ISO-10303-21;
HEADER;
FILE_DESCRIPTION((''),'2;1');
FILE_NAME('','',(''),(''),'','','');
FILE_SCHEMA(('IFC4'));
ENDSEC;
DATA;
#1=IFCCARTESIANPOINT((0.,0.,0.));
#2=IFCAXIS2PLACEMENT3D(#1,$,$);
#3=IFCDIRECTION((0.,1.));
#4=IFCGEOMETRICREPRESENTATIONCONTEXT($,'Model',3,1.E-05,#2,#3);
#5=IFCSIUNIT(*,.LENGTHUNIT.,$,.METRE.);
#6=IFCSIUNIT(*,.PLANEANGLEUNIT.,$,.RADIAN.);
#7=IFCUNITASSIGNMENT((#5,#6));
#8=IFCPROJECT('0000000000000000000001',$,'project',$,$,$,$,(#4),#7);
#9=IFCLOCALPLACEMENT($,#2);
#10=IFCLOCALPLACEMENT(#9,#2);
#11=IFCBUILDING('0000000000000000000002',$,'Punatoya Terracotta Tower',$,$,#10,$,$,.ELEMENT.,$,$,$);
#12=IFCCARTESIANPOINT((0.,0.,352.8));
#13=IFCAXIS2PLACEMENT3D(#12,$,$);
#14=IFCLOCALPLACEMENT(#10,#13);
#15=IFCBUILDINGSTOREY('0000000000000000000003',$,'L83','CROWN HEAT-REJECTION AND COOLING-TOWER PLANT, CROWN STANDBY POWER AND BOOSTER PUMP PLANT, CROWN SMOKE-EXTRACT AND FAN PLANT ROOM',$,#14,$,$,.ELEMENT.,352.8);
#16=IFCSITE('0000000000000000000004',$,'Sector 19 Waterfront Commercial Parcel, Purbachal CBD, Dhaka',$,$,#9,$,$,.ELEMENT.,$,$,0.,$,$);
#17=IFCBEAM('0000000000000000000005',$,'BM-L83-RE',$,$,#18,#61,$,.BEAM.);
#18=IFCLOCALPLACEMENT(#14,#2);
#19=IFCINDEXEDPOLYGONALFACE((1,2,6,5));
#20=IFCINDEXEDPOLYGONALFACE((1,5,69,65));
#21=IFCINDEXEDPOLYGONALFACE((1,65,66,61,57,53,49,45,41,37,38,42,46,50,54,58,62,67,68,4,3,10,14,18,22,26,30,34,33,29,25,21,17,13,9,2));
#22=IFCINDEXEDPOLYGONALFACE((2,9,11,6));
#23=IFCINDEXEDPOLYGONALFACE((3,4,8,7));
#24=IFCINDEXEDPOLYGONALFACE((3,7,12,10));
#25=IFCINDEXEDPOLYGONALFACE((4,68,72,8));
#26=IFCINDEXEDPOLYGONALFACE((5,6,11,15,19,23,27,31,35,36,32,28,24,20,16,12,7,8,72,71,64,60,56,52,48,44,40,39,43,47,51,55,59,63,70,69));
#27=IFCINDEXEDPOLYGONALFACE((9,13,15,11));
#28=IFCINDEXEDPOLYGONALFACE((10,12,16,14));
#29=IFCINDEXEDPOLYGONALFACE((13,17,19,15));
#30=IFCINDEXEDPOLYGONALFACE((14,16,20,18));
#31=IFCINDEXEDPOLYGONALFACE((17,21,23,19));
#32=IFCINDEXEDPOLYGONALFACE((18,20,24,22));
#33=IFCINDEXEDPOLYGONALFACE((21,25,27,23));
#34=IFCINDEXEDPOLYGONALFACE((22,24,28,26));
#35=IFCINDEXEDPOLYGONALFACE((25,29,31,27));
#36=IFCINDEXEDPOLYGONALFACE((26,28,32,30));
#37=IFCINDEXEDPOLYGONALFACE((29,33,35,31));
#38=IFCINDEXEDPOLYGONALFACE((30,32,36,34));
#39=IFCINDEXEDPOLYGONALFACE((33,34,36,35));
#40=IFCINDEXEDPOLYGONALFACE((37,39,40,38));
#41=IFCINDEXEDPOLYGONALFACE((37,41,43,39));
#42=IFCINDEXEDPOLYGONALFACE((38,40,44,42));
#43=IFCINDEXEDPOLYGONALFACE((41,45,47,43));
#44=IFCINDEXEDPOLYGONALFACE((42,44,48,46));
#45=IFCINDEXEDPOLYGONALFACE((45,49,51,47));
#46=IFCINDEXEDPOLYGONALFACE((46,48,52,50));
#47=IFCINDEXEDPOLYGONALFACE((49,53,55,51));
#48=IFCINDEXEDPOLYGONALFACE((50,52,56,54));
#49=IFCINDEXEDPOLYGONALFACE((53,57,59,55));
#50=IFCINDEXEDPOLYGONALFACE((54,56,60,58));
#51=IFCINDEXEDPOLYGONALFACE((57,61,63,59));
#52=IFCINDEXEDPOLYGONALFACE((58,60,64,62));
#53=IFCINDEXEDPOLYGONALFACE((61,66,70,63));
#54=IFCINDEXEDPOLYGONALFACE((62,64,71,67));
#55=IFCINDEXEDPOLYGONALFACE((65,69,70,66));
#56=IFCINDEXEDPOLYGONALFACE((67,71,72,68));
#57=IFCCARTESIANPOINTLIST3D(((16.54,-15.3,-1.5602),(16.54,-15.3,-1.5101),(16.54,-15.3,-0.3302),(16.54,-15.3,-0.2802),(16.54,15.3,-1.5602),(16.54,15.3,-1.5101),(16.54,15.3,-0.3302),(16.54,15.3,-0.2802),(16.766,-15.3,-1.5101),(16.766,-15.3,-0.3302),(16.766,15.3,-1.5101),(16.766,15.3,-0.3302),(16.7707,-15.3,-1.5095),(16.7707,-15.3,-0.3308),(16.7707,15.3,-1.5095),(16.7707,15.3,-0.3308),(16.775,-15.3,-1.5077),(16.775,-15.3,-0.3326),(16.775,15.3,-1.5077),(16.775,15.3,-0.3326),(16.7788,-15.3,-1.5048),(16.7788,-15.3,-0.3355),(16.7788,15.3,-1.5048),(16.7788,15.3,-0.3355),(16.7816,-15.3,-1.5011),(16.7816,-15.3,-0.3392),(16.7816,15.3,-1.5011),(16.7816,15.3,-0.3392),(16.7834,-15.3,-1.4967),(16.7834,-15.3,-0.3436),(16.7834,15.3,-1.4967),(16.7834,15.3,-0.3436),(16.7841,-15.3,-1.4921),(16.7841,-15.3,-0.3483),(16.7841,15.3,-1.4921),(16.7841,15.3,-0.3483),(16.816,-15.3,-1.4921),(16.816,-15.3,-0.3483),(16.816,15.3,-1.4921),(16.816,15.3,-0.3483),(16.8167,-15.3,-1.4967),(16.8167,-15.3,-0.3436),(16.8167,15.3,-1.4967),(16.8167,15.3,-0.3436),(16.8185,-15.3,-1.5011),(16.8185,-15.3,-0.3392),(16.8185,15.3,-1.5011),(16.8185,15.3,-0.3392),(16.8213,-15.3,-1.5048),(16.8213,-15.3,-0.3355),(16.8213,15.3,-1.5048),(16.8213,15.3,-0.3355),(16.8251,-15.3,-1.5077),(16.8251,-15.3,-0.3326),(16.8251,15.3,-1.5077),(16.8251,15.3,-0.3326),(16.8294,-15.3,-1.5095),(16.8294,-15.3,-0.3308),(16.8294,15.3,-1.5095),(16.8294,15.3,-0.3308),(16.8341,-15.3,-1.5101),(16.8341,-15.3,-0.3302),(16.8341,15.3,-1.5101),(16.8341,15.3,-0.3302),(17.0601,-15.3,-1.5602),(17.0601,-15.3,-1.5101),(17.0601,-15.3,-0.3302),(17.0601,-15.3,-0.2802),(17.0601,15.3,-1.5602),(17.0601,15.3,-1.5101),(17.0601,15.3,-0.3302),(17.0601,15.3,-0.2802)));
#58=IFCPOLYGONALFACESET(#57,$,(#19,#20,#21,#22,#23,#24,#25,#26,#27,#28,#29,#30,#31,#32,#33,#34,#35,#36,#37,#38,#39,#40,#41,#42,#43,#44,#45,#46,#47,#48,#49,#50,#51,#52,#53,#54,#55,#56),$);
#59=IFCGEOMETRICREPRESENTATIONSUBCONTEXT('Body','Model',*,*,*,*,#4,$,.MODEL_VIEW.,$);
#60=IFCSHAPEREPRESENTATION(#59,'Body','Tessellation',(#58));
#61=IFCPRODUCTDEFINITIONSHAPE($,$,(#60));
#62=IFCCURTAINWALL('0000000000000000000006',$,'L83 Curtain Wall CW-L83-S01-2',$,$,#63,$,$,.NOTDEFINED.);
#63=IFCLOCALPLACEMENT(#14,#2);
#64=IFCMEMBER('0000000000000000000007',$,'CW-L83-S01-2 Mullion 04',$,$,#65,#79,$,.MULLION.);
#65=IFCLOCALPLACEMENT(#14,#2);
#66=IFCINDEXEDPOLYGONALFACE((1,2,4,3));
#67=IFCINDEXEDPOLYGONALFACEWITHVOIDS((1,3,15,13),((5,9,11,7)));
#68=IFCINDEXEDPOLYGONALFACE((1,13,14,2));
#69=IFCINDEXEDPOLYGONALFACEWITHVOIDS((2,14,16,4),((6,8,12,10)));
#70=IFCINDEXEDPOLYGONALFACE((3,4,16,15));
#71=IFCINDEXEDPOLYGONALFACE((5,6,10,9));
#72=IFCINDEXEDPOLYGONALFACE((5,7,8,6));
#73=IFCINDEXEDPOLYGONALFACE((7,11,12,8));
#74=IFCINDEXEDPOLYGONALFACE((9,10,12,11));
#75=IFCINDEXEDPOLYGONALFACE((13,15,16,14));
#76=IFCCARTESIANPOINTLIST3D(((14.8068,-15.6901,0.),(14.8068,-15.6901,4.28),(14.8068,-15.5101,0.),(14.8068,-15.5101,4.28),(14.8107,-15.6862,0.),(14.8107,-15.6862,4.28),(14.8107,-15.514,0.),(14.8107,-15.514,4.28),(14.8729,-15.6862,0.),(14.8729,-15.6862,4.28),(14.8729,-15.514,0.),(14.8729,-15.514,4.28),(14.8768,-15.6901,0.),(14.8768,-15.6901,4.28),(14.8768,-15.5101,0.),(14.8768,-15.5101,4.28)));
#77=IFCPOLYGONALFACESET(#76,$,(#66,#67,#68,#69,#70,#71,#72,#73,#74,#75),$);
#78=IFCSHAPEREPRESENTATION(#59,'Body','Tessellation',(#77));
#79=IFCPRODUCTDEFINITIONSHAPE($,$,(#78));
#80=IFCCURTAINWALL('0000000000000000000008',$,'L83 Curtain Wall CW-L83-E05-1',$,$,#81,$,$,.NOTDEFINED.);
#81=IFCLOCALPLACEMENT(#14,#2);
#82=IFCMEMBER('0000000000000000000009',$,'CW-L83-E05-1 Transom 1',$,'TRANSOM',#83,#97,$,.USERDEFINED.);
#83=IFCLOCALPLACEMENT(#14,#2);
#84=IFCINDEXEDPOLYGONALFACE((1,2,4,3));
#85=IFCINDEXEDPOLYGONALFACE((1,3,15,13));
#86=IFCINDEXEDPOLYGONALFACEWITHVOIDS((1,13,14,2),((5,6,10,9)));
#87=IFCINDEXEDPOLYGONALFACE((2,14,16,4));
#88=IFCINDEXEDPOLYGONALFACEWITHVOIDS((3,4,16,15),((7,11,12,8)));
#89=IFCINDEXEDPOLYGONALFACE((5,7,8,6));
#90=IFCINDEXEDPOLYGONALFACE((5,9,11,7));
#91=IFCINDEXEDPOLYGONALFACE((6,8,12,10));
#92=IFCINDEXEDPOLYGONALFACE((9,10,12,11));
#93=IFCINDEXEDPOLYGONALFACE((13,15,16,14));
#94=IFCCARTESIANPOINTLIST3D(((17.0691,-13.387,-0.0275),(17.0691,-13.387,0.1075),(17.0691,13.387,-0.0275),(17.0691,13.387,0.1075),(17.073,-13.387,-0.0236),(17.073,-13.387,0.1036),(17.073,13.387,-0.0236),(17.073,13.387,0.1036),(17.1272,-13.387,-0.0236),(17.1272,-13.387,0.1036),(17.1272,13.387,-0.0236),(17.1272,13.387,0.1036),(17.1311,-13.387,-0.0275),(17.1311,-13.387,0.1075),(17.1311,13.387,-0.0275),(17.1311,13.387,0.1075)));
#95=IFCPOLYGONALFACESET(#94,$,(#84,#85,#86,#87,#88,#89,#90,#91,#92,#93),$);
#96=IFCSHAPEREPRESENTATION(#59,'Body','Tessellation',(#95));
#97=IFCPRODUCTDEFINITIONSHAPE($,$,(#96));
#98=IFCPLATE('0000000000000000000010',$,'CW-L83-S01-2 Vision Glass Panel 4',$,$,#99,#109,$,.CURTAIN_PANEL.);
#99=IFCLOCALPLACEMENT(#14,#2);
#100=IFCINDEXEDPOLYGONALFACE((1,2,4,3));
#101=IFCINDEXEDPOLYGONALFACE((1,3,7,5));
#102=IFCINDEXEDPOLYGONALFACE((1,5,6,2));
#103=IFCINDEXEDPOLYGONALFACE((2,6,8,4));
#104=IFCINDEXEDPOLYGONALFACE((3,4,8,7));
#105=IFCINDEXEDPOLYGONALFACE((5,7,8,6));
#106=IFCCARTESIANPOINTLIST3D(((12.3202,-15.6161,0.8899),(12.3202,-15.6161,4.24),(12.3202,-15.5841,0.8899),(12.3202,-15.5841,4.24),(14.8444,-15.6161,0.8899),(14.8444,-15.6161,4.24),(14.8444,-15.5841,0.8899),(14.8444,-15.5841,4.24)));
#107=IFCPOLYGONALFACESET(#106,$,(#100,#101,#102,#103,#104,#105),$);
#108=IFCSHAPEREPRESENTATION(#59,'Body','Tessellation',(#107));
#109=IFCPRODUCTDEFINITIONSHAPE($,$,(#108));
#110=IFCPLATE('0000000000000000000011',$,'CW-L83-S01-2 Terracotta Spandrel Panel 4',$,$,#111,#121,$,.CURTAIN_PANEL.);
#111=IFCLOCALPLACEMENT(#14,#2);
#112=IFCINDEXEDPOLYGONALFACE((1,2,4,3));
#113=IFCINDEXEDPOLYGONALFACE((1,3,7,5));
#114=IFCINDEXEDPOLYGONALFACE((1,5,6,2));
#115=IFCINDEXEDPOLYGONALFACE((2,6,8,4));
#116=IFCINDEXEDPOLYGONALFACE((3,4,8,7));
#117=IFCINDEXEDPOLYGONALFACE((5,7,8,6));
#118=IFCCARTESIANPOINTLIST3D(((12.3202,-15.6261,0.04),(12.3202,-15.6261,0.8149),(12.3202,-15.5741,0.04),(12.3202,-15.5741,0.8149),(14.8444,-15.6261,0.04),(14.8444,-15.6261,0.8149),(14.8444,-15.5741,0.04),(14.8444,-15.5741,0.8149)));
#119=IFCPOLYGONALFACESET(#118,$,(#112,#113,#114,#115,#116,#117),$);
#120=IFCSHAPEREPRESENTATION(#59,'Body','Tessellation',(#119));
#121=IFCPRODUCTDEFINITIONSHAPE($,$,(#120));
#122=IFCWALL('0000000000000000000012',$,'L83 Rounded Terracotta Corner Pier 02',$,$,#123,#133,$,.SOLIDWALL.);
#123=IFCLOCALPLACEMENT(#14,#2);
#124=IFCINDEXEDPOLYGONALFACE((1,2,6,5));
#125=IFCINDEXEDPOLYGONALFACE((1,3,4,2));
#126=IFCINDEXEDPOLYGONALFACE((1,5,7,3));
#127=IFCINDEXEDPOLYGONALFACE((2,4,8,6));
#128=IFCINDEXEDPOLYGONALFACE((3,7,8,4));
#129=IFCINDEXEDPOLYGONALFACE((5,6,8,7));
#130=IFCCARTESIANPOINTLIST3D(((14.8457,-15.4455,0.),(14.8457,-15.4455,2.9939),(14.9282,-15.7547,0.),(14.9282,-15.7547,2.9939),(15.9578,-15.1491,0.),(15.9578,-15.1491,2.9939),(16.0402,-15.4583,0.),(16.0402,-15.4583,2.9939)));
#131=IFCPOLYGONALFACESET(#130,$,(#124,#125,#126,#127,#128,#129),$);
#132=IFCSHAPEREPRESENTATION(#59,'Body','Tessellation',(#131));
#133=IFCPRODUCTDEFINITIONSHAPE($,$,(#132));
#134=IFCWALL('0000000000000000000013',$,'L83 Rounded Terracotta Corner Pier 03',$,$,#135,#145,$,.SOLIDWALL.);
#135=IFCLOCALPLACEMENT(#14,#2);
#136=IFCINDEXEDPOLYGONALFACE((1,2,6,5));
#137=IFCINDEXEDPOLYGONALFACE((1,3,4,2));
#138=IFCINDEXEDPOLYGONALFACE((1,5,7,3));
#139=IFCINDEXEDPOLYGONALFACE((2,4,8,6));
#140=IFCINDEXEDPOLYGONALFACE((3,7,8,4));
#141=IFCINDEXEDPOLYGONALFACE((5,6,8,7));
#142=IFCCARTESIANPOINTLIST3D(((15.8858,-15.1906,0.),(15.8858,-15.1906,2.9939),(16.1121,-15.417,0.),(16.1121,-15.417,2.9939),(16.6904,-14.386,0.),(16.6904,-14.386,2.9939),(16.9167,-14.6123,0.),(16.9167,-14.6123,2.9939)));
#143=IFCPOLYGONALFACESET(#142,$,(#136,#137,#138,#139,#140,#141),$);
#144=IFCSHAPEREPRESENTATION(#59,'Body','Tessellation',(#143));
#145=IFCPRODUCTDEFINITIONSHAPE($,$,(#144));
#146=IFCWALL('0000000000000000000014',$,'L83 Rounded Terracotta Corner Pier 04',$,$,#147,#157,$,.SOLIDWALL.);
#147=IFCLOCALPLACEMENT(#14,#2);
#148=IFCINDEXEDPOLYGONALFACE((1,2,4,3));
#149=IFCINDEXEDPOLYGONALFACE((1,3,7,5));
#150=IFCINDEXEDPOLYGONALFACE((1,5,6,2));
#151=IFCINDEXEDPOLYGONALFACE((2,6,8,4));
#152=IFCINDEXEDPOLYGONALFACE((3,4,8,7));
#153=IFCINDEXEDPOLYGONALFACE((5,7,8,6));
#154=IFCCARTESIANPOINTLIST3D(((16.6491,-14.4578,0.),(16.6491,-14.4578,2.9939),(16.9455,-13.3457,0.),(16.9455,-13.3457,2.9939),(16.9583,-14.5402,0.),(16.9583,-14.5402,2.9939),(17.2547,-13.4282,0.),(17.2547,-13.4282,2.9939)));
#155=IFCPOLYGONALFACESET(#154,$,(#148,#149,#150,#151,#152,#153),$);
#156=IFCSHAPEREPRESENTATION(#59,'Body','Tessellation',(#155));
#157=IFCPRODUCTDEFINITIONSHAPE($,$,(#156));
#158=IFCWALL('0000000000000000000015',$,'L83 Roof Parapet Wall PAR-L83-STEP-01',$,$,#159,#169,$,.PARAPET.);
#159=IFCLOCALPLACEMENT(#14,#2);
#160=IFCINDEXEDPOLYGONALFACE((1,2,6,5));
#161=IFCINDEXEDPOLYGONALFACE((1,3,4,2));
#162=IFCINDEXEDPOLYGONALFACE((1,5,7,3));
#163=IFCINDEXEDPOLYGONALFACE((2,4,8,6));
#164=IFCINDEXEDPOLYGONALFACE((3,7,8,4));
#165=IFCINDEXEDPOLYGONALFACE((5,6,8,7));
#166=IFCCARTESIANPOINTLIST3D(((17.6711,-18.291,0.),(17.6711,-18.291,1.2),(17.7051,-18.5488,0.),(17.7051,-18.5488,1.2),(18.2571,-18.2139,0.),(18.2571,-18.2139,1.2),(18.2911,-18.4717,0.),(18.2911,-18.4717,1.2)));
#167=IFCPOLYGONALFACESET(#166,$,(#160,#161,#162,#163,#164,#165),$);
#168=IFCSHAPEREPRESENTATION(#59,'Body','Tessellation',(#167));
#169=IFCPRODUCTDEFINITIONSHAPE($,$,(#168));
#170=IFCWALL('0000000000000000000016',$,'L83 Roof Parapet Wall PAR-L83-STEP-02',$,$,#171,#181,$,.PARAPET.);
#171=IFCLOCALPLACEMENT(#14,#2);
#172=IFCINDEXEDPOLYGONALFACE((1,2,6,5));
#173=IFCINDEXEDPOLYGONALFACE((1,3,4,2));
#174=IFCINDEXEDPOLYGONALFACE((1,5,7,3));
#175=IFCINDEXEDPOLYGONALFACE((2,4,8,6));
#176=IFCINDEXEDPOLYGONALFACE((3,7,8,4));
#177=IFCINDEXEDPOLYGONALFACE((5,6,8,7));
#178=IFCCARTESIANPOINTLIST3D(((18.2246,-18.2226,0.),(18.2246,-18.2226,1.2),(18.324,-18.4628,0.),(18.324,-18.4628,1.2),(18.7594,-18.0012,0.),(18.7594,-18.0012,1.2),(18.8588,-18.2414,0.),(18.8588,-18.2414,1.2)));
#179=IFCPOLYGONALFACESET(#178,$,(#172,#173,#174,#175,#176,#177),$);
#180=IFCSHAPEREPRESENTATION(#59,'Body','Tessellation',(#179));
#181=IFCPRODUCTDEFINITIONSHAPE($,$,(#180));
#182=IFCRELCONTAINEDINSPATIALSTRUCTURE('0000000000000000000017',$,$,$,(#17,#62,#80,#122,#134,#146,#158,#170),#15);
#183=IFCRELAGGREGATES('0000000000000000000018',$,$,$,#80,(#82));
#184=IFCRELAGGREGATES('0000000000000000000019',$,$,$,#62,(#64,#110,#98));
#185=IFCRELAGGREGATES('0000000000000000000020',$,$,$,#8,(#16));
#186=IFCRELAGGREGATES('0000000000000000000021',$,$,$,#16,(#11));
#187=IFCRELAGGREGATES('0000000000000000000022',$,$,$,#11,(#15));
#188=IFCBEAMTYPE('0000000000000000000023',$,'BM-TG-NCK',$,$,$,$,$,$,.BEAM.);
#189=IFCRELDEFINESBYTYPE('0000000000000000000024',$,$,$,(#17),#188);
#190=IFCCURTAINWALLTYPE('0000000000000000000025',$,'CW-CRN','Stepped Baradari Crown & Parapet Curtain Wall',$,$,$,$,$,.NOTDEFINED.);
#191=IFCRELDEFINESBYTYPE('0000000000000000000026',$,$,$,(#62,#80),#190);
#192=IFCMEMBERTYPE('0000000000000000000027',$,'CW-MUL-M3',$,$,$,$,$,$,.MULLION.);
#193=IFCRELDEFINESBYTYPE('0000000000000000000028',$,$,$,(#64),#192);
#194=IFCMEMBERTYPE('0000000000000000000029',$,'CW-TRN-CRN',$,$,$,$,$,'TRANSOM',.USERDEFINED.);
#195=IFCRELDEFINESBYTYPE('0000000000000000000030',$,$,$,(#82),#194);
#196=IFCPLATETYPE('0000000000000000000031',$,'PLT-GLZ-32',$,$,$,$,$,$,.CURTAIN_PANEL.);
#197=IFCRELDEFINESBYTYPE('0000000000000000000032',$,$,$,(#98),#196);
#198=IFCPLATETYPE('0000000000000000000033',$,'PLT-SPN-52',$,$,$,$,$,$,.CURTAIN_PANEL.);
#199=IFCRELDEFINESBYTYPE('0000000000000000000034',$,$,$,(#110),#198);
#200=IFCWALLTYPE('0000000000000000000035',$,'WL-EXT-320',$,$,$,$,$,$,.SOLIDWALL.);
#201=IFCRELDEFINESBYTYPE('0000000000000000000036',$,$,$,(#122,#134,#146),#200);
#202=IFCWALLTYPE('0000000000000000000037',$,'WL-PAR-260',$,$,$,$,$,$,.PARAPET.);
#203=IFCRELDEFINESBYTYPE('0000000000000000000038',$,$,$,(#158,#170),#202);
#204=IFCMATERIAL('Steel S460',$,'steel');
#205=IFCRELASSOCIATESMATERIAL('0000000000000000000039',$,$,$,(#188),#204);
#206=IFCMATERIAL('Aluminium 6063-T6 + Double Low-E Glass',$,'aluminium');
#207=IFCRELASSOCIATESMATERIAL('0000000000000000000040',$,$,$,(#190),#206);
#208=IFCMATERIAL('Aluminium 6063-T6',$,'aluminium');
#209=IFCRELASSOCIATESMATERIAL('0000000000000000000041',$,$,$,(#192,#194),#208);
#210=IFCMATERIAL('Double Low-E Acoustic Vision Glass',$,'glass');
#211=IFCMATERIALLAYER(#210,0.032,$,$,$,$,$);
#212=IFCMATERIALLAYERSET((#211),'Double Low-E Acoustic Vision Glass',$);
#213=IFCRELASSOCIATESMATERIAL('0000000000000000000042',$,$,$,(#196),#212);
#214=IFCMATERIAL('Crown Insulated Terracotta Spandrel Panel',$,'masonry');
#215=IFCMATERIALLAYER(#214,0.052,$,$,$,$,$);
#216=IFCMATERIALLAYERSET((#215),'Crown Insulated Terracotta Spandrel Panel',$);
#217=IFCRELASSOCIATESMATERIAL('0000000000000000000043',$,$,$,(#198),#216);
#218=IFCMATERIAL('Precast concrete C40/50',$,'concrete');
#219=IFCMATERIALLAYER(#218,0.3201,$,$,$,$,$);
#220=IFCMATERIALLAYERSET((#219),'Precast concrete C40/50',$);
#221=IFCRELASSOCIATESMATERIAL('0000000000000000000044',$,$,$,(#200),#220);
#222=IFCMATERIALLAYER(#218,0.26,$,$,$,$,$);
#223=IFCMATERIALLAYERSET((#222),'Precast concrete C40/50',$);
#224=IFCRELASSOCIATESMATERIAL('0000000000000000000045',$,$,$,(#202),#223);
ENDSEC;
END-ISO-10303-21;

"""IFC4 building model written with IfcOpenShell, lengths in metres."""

from ifc_helpers import new_model, si_unit, direction, frame, frame_2d, origin, origin_2d, place, context, subcontext, project, spatial, rectangle, hollow_rectangle, i_section, extrude, material, layer, layer_set, material_profile, profile_set, type_object, element, aggregate, save


model = new_model("IFC4")

# Units and contexts
model_context = context("Model", 3, precision=1e-05, world=origin(), true_north=direction((0.0, 1.0)))
body_context = subcontext(model_context, "Body", "Model", "MODEL_VIEW")
ifc_project = project(units=[si_unit("LENGTHUNIT", "METRE"), si_unit("PLANEANGLEUNIT", "RADIAN")], contexts=[model_context])

# Site, building, storey
site_placement = place(None, origin())
site = spatial("IfcSite", under=ifc_project, at=site_placement, Name="Sector 19 Waterfront Commercial Parcel, Purbachal CBD, Dhaka", CompositionType="ELEMENT", RefElevation=0.0)
building_placement = place(site_placement, origin())
building = spatial("IfcBuilding", under=site, at=building_placement, Name="Punatoya Terracotta Tower", CompositionType="ELEMENT")
storey_placement = place(building_placement, frame((0.0, 0.0, 352.8)))
storey = spatial("IfcBuildingStorey", under=building, at=storey_placement, Name="L83", Description="CROWN HEAT-REJECTION AND COOLING-TOWER PLANT, CROWN STANDBY POWER AND BOOSTER PUMP PLANT, CROWN SMOKE-EXTRACT AND FAN PLANT ROOM", CompositionType="ELEMENT", Elevation=352.8)

# Beam
ifc_material_1 = material(Name="Steel S460", Category="steel")
ifc_material_profile_1 = material_profile(ifc_material_1, i_section(OverallWidth=0.52, OverallDepth=1.28, WebThickness=0.032, FlangeThickness=0.05, FilletRadius=0.0181, at=origin_2d()))
ifc_profile_set_1 = profile_set([ifc_material_profile_1], Name="Steel S460")
beam_type_1 = type_object("IfcBeamType", Name="BM-TG-NCK", PredefinedType="BEAM", material=ifc_profile_set_1)
beam_1_placement = place(storey_placement, frame((16.8, -15.3, -0.9202), z_axis=(0.0, 1.0, 0.0), x_axis=(-1.0, 0.0, 0.0)))
element("IfcBeam", 1, at=beam_1_placement, inside=storey, type_object=beam_type_1, Name="BM-L83-RE", PredefinedType="BEAM", context=body_context, shape_type="SweptSolid", body=[
    extrude(i_section(OverallWidth=0.52, OverallDepth=1.28, WebThickness=0.032, FlangeThickness=0.05, FilletRadius=0.0181, at=origin_2d()), origin(), (0.0, 0.0, 1.0), 30.6001),
])

# Curtain walls, members
ifc_material_2 = material(Name="Aluminium 6063-T6 + Double Low-E Glass", Category="aluminium")
curtain_wall_type = type_object("IfcCurtainWallType", Name="CW-CRN", Description="Stepped Baradari Crown & Parapet Curtain Wall", PredefinedType="NOTDEFINED", material=ifc_material_2)
curtain_wall_1_placement = place(storey_placement, origin())
curtain_wall_1 = element("IfcCurtainWall", 2, at=curtain_wall_1_placement, inside=storey, type_object=curtain_wall_type, Name="L83 Curtain Wall CW-L83-S01-2", PredefinedType="NOTDEFINED")
ifc_material_3 = material(Name="Aluminium 6063-T6", Category="aluminium")
ifc_material_profile_2 = material_profile(ifc_material_3, hollow_rectangle(XDim=0.0701, YDim=0.1799, WallThickness=0.0039, at=origin_2d()))
ifc_profile_set_2 = profile_set([ifc_material_profile_2], Name="Aluminium 6063-T6")
member_type_1 = type_object("IfcMemberType", Name="CW-MUL-M3", PredefinedType="MULLION", material=ifc_profile_set_2)
member_1_placement = place(storey_placement, frame((14.8418, -15.6001, 0.0), z_axis=(0.0, 0.0, 1.0), x_axis=(1.0, 0.0, 0.0)))
member_1 = element("IfcMember", 3, at=member_1_placement, type_object=member_type_1, Name="CW-L83-S01-2 Mullion 04", PredefinedType="MULLION", context=body_context, shape_type="SweptSolid", body=[
    extrude(hollow_rectangle(XDim=0.0701, YDim=0.1799, WallThickness=0.0039, at=origin_2d()), origin(), (0.0, 0.0, 1.0), 4.28),
])
curtain_wall_2_placement = place(storey_placement, origin())
curtain_wall_2 = element("IfcCurtainWall", 4, at=curtain_wall_2_placement, inside=storey, type_object=curtain_wall_type, Name="L83 Curtain Wall CW-L83-E05-1", PredefinedType="NOTDEFINED")
ifc_material_profile_3 = material_profile(ifc_material_3, hollow_rectangle(XDim=0.062, YDim=0.135, WallThickness=0.0039, at=origin_2d()))
ifc_profile_set_3 = profile_set([ifc_material_profile_3], Name="Aluminium 6063-T6")
member_type_2 = type_object("IfcMemberType", Name="CW-TRN-CRN", ElementType="TRANSOM", PredefinedType="USERDEFINED", material=ifc_profile_set_3)
member_2_placement = place(storey_placement, frame((17.1001, -13.387, 0.04), z_axis=(0.0, 1.0, 0.0), x_axis=(-1.0, 0.0, 0.0)))
member_2 = element("IfcMember", 5, at=member_2_placement, type_object=member_type_2, Name="CW-L83-E05-1 Transom 1", ObjectType="TRANSOM", PredefinedType="USERDEFINED", context=body_context, shape_type="SweptSolid", body=[
    extrude(hollow_rectangle(XDim=0.062, YDim=0.135, WallThickness=0.0039, at=origin_2d()), origin(), (0.0, 0.0, 1.0), 26.7739),
])
aggregate(curtain_wall_2, [member_2])

# Plates
ifc_material_4 = material(Name="Double Low-E Acoustic Vision Glass", Category="glass")
ifc_layer_1 = layer(ifc_material_4, 0.032)
ifc_layer_set_1 = layer_set([ifc_layer_1], Name="Double Low-E Acoustic Vision Glass")
plate_type_1 = type_object("IfcPlateType", Name="PLT-GLZ-32", PredefinedType="CURTAIN_PANEL", material=ifc_layer_set_1)
plate_1_placement = place(storey_placement, frame((13.5823, -15.6001, 0.8899), z_axis=(0.0, 0.0, 1.0), x_axis=(1.0, 0.0, 0.0)))
plate_1 = element("IfcPlate", 6, at=plate_1_placement, type_object=plate_type_1, Name="CW-L83-S01-2 Vision Glass Panel 4", PredefinedType="CURTAIN_PANEL", context=body_context, shape_type="SweptSolid", body=[
    extrude(rectangle(XDim=2.5242, YDim=0.032, at=origin_2d()), origin(), (0.0, 0.0, 1.0), 3.3501),
])
ifc_material_5 = material(Name="Crown Insulated Terracotta Spandrel Panel", Category="masonry")
ifc_layer_2 = layer(ifc_material_5, 0.052)
ifc_layer_set_2 = layer_set([ifc_layer_2], Name="Crown Insulated Terracotta Spandrel Panel")
plate_type_2 = type_object("IfcPlateType", Name="PLT-SPN-52", PredefinedType="CURTAIN_PANEL", material=ifc_layer_set_2)
plate_2_placement = place(storey_placement, frame((13.5823, -15.6001, 0.04), z_axis=(0.0, 0.0, 1.0), x_axis=(1.0, 0.0, 0.0)))
plate_2 = element("IfcPlate", 7, at=plate_2_placement, type_object=plate_type_2, Name="CW-L83-S01-2 Terracotta Spandrel Panel 4", PredefinedType="CURTAIN_PANEL", context=body_context, shape_type="SweptSolid", body=[
    extrude(rectangle(XDim=2.5242, YDim=0.052, at=origin_2d()), origin(), (0.0, 0.0, 1.0), 0.7749),
])
aggregate(curtain_wall_1, [member_1, plate_2, plate_1])

# Walls
ifc_material_6 = material(Name="Precast concrete C40/50", Category="concrete")
ifc_layer_3 = layer(ifc_material_6, 0.3201)
ifc_layer_set_3 = layer_set([ifc_layer_3], Name="Precast concrete C40/50")
wall_type_1 = type_object("IfcWallType", Name="WL-EXT-320", PredefinedType="SOLIDWALL", material=ifc_layer_set_3)
wall_1_placement = place(storey_placement, frame((14.887, -15.6001, 0.0), z_axis=(0.0, 0.0, 1.0), x_axis=(0.96627, 0.257531, 0.0)))
element("IfcWall", 8, at=wall_1_placement, inside=storey, type_object=wall_type_1, Name="L83 Rounded Terracotta Corner Pier 02", PredefinedType="SOLIDWALL", context=body_context, shape_type="SweptSolid", body=[
    extrude(rectangle(XDim=1.1509, YDim=0.3201, at=frame_2d((0.5754, 0.0))), origin(), (0.0, 0.0, 1.0), 2.9939),
])
wall_2_placement = place(storey_placement, frame((15.999, -15.3037, 0.0), z_axis=(0.0, 0.0, 1.0), x_axis=(0.707107, 0.707107, 0.0)))
element("IfcWall", 9, at=wall_2_placement, inside=storey, type_object=wall_type_1, Name="L83 Rounded Terracotta Corner Pier 03", PredefinedType="SOLIDWALL", context=body_context, shape_type="SweptSolid", body=[
    extrude(rectangle(XDim=1.1379, YDim=0.3201, at=frame_2d((0.5688, 0.0))), origin(), (0.0, 0.0, 1.0), 2.9939),
])
wall_3_placement = place(storey_placement, frame((16.8037, -14.499, 0.0), z_axis=(0.0, 0.0, 1.0), x_axis=(0.257531, 0.96627, 0.0)))
element("IfcWall", 10, at=wall_3_placement, inside=storey, type_object=wall_type_1, Name="L83 Rounded Terracotta Corner Pier 04", PredefinedType="SOLIDWALL", context=body_context, shape_type="SweptSolid", body=[
    extrude(rectangle(XDim=1.1509, YDim=0.3201, at=frame_2d((0.5754, 0.0))), origin(), (0.0, 0.0, 1.0), 2.9939),
])
ifc_layer_4 = layer(ifc_material_6, 0.26)
ifc_layer_set_4 = layer_set([ifc_layer_4], Name="Precast concrete C40/50")
wall_type_2 = type_object("IfcWallType", Name="WL-PAR-260", PredefinedType="PARAPET", material=ifc_layer_set_4)
wall_4_placement = place(storey_placement, frame((17.6882, -18.4199, 0.0), z_axis=(0.0, 0.0, 1.0), x_axis=(0.991443, 0.13054, 0.0)))
element("IfcWall", 11, at=wall_4_placement, inside=storey, type_object=wall_type_2, Name="L83 Roof Parapet Wall PAR-L83-STEP-01", PredefinedType="PARAPET", context=body_context, shape_type="SweptSolid", body=[
    extrude(rectangle(XDim=0.5911, YDim=0.26, at=frame_2d((0.2954, 0.0))), origin(), (0.0, 0.0, 1.0), 1.2),
])
wall_5_placement = place(storey_placement, frame((18.2742, -18.3428, 0.0), z_axis=(0.0, 0.0, 1.0), x_axis=(0.92396, 0.382488, 0.0)))
element("IfcWall", 12, at=wall_5_placement, inside=storey, type_object=wall_type_2, Name="L83 Roof Parapet Wall PAR-L83-STEP-02", PredefinedType="PARAPET", context=body_context, shape_type="SweptSolid", body=[
    extrude(rectangle(XDim=0.5789, YDim=0.26, at=frame_2d((0.2896, 0.0))), origin(), (0.0, 0.0, 1.0), 1.2),
])

save(model, "model.ifc")
